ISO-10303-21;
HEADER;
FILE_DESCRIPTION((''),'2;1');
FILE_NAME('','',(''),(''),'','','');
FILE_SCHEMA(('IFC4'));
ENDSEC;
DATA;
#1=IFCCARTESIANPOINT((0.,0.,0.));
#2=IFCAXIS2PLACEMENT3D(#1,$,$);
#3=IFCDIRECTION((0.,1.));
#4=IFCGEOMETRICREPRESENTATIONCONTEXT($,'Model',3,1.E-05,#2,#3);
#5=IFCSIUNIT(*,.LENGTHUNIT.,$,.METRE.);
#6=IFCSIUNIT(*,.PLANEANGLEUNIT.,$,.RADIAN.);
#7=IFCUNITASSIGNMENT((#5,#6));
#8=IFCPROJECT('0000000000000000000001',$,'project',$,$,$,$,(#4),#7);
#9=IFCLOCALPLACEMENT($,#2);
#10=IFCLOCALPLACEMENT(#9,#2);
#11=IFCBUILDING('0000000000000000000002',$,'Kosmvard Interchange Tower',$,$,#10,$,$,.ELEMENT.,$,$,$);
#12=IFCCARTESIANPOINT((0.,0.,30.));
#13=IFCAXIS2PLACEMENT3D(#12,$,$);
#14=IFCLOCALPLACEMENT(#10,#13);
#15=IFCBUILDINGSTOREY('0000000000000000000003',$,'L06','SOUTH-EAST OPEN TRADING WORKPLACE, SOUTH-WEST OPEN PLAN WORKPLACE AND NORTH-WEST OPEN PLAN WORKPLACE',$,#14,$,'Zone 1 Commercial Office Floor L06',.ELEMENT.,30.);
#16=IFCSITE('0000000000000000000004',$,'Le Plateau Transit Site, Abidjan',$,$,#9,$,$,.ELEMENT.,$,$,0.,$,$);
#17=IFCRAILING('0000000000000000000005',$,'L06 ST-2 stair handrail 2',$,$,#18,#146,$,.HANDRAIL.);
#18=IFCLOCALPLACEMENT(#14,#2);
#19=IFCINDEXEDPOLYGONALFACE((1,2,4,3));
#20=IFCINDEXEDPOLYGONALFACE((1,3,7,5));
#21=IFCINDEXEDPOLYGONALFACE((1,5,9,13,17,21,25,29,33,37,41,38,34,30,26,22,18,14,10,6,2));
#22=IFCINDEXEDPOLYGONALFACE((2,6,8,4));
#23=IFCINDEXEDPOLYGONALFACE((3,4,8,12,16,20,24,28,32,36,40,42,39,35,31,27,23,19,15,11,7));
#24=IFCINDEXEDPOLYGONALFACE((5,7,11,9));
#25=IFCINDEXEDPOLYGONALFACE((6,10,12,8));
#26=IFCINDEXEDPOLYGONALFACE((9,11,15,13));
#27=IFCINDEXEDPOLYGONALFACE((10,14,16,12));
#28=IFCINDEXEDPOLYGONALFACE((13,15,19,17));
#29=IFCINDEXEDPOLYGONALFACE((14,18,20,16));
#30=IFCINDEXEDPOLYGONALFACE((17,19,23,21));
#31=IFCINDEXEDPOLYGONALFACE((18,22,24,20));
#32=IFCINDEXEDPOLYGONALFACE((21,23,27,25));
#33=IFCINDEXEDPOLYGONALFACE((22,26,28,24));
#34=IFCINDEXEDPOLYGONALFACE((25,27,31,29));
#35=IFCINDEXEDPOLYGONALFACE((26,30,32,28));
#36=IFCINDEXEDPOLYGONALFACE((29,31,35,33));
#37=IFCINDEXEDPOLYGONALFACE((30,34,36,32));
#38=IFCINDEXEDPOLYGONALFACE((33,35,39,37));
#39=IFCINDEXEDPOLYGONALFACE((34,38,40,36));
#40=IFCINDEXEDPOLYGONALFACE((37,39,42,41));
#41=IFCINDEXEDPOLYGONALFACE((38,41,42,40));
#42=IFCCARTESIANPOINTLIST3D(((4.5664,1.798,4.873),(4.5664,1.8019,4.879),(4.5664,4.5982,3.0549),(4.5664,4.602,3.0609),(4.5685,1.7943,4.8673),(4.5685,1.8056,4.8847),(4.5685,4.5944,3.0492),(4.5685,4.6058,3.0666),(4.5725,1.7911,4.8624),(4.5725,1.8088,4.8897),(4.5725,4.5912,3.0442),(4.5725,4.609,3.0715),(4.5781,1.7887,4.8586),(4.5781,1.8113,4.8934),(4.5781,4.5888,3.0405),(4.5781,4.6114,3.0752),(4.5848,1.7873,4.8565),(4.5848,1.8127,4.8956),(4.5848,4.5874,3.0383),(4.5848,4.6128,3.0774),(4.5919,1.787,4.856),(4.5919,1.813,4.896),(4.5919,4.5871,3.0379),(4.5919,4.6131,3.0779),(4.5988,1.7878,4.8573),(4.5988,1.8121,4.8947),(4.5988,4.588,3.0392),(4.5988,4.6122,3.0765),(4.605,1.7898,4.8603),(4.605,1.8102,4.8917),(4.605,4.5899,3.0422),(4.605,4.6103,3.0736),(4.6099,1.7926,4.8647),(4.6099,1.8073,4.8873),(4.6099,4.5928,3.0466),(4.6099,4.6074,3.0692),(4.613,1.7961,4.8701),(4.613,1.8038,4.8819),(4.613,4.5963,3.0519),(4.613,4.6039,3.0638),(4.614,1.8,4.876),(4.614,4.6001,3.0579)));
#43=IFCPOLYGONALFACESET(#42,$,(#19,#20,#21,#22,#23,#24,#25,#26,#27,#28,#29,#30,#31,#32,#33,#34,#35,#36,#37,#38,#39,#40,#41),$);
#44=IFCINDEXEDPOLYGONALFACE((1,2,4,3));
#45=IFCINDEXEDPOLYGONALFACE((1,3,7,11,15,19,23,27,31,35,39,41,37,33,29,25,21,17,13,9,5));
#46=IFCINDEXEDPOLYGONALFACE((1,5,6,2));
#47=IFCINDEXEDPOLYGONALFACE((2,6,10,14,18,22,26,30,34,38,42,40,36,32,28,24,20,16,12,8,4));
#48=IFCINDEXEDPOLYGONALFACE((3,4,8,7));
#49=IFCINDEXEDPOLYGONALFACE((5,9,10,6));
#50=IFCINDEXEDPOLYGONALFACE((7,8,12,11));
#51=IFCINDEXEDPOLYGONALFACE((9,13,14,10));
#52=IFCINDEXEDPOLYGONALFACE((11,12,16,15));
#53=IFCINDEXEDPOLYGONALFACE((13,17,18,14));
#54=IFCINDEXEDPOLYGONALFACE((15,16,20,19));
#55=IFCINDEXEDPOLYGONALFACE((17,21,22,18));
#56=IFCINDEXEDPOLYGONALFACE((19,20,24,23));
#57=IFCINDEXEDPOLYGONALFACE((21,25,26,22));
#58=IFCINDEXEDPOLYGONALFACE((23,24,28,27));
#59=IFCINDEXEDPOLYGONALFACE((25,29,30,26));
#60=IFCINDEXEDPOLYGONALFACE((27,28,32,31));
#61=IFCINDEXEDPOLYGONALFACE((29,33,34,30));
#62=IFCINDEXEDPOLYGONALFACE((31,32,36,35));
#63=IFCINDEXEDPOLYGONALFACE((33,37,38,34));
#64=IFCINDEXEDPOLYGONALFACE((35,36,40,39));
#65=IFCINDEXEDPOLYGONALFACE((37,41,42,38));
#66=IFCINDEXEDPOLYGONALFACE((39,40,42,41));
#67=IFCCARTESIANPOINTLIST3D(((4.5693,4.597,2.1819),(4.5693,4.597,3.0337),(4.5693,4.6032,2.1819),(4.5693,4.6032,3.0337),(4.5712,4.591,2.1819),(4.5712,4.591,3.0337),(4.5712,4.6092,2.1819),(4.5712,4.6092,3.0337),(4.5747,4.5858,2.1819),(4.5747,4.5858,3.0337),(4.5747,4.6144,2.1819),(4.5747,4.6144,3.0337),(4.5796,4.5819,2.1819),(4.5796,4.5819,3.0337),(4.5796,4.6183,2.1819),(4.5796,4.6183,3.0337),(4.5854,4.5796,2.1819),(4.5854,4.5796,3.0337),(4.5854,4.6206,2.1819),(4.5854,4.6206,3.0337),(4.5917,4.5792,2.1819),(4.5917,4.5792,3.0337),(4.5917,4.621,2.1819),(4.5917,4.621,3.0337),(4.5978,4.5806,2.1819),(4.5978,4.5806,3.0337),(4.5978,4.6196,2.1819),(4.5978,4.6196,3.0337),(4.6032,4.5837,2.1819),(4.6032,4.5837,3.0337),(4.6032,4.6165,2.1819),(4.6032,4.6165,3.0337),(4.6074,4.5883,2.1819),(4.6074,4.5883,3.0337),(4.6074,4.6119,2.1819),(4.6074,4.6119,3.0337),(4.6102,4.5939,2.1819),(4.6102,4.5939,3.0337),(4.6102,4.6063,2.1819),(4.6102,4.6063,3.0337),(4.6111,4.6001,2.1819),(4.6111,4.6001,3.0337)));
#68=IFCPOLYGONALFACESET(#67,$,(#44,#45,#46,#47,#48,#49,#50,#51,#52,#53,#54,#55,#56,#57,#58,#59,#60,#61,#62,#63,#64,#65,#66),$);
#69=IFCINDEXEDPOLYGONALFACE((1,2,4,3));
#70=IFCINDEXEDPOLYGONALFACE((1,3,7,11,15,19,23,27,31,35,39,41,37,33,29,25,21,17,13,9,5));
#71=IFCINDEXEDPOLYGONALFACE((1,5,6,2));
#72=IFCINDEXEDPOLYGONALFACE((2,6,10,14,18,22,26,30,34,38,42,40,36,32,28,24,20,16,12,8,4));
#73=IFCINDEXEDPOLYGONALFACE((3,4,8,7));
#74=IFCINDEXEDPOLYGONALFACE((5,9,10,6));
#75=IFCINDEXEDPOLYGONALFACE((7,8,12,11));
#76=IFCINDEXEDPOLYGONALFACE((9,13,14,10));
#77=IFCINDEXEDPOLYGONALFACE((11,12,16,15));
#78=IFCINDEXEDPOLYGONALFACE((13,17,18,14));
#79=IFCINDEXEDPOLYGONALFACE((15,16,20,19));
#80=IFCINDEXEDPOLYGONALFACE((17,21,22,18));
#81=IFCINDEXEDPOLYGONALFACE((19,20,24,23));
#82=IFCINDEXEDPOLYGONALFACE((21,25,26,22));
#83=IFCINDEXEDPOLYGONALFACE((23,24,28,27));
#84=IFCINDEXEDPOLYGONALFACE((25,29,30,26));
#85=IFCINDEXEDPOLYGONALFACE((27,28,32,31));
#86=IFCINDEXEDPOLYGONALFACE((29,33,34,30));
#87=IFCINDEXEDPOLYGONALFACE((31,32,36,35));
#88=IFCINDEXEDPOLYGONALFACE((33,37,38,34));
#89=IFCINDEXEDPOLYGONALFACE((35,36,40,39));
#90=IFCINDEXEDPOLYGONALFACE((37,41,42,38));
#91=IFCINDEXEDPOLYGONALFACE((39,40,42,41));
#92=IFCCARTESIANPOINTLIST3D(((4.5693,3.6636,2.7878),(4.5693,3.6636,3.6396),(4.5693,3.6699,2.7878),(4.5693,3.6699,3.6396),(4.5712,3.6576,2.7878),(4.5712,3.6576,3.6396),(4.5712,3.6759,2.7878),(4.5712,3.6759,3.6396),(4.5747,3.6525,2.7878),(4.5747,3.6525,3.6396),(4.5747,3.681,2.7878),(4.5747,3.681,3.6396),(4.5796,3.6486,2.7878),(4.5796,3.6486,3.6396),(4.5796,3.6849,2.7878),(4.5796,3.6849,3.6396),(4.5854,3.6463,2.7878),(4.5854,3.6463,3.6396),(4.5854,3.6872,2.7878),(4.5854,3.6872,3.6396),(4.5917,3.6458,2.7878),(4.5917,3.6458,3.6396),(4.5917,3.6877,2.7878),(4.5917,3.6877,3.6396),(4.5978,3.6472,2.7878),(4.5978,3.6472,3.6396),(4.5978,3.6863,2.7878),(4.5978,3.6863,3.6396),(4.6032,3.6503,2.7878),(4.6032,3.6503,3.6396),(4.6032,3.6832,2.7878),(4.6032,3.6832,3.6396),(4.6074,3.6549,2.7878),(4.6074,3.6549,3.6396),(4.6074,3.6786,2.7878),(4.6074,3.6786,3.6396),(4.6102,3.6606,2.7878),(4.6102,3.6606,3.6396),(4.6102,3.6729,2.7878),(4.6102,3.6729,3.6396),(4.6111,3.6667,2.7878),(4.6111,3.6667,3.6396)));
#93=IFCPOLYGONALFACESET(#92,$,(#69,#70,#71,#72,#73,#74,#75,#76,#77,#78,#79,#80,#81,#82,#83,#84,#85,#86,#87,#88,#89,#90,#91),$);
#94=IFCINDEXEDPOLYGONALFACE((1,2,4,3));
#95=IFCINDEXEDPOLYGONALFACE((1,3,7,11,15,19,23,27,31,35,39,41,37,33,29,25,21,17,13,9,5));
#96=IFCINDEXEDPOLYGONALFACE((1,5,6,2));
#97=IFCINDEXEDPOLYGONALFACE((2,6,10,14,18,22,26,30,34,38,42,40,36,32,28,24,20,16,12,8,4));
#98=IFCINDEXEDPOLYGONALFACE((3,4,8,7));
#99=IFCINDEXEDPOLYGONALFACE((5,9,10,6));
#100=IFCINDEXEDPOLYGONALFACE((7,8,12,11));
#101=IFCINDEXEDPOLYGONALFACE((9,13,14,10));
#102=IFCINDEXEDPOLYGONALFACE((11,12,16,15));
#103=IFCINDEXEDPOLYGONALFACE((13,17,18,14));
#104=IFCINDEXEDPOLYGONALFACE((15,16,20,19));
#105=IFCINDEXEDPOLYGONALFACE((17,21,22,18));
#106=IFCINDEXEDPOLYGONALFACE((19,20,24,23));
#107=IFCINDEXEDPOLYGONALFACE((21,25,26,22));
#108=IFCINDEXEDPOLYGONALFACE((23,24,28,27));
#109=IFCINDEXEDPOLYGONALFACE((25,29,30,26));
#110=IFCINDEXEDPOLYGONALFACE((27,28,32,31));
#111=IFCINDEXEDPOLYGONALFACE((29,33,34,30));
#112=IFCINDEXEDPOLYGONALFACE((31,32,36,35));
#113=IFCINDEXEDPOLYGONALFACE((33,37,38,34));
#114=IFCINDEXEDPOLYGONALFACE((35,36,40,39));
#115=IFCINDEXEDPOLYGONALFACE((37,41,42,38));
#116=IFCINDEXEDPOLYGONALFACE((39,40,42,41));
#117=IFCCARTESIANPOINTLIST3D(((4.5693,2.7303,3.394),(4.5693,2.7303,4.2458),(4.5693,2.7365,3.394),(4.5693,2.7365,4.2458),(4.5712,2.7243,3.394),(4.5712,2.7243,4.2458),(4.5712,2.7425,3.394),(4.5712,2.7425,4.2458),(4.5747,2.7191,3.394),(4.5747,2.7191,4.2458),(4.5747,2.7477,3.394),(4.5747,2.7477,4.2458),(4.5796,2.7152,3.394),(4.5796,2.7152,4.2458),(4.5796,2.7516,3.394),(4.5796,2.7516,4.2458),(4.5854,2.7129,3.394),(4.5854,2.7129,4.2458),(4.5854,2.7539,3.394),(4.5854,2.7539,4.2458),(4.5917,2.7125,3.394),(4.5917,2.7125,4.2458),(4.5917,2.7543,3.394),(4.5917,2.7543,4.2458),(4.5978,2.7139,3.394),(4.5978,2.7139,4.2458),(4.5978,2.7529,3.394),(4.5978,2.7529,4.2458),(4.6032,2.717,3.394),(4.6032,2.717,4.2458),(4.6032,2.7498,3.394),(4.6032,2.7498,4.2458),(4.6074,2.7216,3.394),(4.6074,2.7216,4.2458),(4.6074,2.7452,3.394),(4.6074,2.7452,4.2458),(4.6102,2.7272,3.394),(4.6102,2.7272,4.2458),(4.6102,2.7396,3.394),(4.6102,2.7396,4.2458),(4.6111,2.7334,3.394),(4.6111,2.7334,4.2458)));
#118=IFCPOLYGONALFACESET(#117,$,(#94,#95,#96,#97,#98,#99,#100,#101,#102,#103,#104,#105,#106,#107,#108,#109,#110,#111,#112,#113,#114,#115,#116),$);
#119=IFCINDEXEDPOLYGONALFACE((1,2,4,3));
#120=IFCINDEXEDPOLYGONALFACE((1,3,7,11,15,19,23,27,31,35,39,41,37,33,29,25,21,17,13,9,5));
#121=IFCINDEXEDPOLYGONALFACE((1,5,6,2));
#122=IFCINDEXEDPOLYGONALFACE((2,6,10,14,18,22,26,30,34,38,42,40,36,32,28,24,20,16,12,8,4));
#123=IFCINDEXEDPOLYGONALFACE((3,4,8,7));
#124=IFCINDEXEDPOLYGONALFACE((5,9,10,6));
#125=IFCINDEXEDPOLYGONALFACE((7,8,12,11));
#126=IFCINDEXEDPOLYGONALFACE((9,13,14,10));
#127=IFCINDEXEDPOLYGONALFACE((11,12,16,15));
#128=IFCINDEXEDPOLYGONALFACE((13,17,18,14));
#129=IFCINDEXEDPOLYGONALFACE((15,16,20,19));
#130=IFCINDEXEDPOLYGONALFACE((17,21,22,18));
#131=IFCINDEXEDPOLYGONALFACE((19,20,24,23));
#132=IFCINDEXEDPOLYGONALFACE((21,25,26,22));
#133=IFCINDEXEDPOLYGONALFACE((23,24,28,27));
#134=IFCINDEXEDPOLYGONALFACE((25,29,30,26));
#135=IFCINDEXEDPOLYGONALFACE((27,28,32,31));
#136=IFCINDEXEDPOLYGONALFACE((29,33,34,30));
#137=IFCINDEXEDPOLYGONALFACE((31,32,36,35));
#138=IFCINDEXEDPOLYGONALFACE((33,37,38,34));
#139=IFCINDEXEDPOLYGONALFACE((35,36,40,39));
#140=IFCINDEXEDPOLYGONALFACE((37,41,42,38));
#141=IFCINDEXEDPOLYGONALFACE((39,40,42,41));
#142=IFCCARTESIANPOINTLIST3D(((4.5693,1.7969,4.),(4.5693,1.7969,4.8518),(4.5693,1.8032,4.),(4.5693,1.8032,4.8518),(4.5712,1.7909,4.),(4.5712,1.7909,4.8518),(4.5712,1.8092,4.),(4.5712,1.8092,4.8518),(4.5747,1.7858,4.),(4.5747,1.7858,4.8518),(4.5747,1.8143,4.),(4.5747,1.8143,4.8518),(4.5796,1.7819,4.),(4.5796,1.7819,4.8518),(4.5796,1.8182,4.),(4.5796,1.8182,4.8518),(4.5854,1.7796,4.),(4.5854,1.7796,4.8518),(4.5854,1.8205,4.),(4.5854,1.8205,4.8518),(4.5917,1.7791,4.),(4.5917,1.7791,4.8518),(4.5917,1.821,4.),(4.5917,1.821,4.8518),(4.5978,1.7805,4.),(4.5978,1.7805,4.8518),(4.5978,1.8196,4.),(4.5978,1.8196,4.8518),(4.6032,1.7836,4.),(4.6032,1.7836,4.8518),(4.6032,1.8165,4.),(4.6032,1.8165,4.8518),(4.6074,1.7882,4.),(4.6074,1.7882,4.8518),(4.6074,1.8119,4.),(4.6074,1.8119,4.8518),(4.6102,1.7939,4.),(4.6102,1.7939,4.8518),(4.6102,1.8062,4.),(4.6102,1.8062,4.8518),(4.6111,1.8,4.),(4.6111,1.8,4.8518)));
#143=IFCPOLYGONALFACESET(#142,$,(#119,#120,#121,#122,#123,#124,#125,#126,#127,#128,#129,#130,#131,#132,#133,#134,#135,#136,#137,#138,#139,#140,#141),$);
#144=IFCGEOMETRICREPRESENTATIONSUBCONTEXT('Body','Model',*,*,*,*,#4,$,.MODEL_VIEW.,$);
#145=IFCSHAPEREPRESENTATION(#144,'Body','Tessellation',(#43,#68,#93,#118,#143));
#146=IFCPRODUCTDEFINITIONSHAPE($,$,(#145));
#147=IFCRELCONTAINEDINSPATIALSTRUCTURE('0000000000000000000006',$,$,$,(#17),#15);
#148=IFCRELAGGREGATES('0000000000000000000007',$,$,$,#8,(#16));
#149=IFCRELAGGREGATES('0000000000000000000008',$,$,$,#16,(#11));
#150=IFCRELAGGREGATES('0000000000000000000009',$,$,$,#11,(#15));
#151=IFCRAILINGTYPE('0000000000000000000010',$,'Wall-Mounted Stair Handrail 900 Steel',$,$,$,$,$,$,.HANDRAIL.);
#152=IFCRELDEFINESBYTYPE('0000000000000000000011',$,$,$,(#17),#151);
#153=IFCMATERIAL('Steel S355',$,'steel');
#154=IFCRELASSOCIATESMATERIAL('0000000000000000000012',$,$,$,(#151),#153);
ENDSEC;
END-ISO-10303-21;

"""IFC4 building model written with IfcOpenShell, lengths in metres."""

from ifc_helpers import new_model, si_unit, direction, frame, origin, origin_2d, place, context, subcontext, project, spatial, circle, extrude, source, transform, mapped, material, type_object, element, save


model = new_model("IFC4")

# Units and contexts
model_context = context("Model", 3, precision=1e-05, world=origin(), true_north=direction((0.0, 1.0)))
body_context = subcontext(model_context, "Body", "Model", "MODEL_VIEW")
ifc_project = project(units=[si_unit("LENGTHUNIT", "METRE"), si_unit("PLANEANGLEUNIT", "RADIAN")], contexts=[model_context])

# Site, building, storey
site_placement = place(None, origin())
site = spatial("IfcSite", under=ifc_project, at=site_placement, Name="Le Plateau Transit Site, Abidjan", CompositionType="ELEMENT", RefElevation=0.0)
building_placement = place(site_placement, origin())
building = spatial("IfcBuilding", under=site, at=building_placement, Name="Kosmvard Interchange Tower", CompositionType="ELEMENT")
storey_placement = place(building_placement, frame((0.0, 0.0, 30.0)))
storey = spatial("IfcBuildingStorey", under=building, at=storey_placement, Name="L06", Description="SOUTH-EAST OPEN TRADING WORKPLACE, SOUTH-WEST OPEN PLAN WORKPLACE AND NORTH-WEST OPEN PLAN WORKPLACE", LongName="Zone 1 Commercial Office Floor L06", CompositionType="ELEMENT", Elevation=30.0)

# Shared definitions
ifc_material_1 = material(Name="Steel S355", Category="steel")

# Railing
railing_type_1 = type_object("IfcRailingType", Name="Wall-Mounted Stair Handrail 900 Steel", PredefinedType="HANDRAIL", material=ifc_material_1)
shared_shape_1 = source(origin(), body_context, "Body", "SweptSolid", [
    extrude(circle(Radius=0.0239, at=origin_2d()), frame((0.0, 0.0, 0.876), z_axis=(0.0, -0.838706, 0.544585), x_axis=(1.0, 0.0, 0.0)), (0.0, 0.0, 1.0), 3.3386),
    extrude(circle(Radius=0.021, at=origin_2d()), origin(), (0.0, 0.0, 1.0), 0.8518),
    extrude(circle(Radius=0.021, at=origin_2d()), frame((0.0, -0.9333, 0.606)), (0.0, 0.0, 1.0), 0.8518),
    extrude(circle(Radius=0.021, at=origin_2d()), frame((0.0, -1.8667, 1.2122)), (0.0, 0.0, 1.0), 0.8518),
    extrude(circle(Radius=0.021, at=origin_2d()), frame((0.0, -2.8, 1.8181)), (0.0, 0.0, 1.0), 0.8518),
])
railing_1_placement = place(storey_placement, frame((4.5901, 4.6001, 2.1819)))
element("IfcRailing", 1, at=railing_1_placement, inside=storey, type_object=railing_type_1, Name="L06 ST-2 stair handrail 2", PredefinedType="HANDRAIL", context=body_context, shape_type="MappedRepresentation", body=[
    mapped(shared_shape_1, transform((0.0, 0.0, 0.0), scale=1.0)),
])

save(model, "model.ifc")
